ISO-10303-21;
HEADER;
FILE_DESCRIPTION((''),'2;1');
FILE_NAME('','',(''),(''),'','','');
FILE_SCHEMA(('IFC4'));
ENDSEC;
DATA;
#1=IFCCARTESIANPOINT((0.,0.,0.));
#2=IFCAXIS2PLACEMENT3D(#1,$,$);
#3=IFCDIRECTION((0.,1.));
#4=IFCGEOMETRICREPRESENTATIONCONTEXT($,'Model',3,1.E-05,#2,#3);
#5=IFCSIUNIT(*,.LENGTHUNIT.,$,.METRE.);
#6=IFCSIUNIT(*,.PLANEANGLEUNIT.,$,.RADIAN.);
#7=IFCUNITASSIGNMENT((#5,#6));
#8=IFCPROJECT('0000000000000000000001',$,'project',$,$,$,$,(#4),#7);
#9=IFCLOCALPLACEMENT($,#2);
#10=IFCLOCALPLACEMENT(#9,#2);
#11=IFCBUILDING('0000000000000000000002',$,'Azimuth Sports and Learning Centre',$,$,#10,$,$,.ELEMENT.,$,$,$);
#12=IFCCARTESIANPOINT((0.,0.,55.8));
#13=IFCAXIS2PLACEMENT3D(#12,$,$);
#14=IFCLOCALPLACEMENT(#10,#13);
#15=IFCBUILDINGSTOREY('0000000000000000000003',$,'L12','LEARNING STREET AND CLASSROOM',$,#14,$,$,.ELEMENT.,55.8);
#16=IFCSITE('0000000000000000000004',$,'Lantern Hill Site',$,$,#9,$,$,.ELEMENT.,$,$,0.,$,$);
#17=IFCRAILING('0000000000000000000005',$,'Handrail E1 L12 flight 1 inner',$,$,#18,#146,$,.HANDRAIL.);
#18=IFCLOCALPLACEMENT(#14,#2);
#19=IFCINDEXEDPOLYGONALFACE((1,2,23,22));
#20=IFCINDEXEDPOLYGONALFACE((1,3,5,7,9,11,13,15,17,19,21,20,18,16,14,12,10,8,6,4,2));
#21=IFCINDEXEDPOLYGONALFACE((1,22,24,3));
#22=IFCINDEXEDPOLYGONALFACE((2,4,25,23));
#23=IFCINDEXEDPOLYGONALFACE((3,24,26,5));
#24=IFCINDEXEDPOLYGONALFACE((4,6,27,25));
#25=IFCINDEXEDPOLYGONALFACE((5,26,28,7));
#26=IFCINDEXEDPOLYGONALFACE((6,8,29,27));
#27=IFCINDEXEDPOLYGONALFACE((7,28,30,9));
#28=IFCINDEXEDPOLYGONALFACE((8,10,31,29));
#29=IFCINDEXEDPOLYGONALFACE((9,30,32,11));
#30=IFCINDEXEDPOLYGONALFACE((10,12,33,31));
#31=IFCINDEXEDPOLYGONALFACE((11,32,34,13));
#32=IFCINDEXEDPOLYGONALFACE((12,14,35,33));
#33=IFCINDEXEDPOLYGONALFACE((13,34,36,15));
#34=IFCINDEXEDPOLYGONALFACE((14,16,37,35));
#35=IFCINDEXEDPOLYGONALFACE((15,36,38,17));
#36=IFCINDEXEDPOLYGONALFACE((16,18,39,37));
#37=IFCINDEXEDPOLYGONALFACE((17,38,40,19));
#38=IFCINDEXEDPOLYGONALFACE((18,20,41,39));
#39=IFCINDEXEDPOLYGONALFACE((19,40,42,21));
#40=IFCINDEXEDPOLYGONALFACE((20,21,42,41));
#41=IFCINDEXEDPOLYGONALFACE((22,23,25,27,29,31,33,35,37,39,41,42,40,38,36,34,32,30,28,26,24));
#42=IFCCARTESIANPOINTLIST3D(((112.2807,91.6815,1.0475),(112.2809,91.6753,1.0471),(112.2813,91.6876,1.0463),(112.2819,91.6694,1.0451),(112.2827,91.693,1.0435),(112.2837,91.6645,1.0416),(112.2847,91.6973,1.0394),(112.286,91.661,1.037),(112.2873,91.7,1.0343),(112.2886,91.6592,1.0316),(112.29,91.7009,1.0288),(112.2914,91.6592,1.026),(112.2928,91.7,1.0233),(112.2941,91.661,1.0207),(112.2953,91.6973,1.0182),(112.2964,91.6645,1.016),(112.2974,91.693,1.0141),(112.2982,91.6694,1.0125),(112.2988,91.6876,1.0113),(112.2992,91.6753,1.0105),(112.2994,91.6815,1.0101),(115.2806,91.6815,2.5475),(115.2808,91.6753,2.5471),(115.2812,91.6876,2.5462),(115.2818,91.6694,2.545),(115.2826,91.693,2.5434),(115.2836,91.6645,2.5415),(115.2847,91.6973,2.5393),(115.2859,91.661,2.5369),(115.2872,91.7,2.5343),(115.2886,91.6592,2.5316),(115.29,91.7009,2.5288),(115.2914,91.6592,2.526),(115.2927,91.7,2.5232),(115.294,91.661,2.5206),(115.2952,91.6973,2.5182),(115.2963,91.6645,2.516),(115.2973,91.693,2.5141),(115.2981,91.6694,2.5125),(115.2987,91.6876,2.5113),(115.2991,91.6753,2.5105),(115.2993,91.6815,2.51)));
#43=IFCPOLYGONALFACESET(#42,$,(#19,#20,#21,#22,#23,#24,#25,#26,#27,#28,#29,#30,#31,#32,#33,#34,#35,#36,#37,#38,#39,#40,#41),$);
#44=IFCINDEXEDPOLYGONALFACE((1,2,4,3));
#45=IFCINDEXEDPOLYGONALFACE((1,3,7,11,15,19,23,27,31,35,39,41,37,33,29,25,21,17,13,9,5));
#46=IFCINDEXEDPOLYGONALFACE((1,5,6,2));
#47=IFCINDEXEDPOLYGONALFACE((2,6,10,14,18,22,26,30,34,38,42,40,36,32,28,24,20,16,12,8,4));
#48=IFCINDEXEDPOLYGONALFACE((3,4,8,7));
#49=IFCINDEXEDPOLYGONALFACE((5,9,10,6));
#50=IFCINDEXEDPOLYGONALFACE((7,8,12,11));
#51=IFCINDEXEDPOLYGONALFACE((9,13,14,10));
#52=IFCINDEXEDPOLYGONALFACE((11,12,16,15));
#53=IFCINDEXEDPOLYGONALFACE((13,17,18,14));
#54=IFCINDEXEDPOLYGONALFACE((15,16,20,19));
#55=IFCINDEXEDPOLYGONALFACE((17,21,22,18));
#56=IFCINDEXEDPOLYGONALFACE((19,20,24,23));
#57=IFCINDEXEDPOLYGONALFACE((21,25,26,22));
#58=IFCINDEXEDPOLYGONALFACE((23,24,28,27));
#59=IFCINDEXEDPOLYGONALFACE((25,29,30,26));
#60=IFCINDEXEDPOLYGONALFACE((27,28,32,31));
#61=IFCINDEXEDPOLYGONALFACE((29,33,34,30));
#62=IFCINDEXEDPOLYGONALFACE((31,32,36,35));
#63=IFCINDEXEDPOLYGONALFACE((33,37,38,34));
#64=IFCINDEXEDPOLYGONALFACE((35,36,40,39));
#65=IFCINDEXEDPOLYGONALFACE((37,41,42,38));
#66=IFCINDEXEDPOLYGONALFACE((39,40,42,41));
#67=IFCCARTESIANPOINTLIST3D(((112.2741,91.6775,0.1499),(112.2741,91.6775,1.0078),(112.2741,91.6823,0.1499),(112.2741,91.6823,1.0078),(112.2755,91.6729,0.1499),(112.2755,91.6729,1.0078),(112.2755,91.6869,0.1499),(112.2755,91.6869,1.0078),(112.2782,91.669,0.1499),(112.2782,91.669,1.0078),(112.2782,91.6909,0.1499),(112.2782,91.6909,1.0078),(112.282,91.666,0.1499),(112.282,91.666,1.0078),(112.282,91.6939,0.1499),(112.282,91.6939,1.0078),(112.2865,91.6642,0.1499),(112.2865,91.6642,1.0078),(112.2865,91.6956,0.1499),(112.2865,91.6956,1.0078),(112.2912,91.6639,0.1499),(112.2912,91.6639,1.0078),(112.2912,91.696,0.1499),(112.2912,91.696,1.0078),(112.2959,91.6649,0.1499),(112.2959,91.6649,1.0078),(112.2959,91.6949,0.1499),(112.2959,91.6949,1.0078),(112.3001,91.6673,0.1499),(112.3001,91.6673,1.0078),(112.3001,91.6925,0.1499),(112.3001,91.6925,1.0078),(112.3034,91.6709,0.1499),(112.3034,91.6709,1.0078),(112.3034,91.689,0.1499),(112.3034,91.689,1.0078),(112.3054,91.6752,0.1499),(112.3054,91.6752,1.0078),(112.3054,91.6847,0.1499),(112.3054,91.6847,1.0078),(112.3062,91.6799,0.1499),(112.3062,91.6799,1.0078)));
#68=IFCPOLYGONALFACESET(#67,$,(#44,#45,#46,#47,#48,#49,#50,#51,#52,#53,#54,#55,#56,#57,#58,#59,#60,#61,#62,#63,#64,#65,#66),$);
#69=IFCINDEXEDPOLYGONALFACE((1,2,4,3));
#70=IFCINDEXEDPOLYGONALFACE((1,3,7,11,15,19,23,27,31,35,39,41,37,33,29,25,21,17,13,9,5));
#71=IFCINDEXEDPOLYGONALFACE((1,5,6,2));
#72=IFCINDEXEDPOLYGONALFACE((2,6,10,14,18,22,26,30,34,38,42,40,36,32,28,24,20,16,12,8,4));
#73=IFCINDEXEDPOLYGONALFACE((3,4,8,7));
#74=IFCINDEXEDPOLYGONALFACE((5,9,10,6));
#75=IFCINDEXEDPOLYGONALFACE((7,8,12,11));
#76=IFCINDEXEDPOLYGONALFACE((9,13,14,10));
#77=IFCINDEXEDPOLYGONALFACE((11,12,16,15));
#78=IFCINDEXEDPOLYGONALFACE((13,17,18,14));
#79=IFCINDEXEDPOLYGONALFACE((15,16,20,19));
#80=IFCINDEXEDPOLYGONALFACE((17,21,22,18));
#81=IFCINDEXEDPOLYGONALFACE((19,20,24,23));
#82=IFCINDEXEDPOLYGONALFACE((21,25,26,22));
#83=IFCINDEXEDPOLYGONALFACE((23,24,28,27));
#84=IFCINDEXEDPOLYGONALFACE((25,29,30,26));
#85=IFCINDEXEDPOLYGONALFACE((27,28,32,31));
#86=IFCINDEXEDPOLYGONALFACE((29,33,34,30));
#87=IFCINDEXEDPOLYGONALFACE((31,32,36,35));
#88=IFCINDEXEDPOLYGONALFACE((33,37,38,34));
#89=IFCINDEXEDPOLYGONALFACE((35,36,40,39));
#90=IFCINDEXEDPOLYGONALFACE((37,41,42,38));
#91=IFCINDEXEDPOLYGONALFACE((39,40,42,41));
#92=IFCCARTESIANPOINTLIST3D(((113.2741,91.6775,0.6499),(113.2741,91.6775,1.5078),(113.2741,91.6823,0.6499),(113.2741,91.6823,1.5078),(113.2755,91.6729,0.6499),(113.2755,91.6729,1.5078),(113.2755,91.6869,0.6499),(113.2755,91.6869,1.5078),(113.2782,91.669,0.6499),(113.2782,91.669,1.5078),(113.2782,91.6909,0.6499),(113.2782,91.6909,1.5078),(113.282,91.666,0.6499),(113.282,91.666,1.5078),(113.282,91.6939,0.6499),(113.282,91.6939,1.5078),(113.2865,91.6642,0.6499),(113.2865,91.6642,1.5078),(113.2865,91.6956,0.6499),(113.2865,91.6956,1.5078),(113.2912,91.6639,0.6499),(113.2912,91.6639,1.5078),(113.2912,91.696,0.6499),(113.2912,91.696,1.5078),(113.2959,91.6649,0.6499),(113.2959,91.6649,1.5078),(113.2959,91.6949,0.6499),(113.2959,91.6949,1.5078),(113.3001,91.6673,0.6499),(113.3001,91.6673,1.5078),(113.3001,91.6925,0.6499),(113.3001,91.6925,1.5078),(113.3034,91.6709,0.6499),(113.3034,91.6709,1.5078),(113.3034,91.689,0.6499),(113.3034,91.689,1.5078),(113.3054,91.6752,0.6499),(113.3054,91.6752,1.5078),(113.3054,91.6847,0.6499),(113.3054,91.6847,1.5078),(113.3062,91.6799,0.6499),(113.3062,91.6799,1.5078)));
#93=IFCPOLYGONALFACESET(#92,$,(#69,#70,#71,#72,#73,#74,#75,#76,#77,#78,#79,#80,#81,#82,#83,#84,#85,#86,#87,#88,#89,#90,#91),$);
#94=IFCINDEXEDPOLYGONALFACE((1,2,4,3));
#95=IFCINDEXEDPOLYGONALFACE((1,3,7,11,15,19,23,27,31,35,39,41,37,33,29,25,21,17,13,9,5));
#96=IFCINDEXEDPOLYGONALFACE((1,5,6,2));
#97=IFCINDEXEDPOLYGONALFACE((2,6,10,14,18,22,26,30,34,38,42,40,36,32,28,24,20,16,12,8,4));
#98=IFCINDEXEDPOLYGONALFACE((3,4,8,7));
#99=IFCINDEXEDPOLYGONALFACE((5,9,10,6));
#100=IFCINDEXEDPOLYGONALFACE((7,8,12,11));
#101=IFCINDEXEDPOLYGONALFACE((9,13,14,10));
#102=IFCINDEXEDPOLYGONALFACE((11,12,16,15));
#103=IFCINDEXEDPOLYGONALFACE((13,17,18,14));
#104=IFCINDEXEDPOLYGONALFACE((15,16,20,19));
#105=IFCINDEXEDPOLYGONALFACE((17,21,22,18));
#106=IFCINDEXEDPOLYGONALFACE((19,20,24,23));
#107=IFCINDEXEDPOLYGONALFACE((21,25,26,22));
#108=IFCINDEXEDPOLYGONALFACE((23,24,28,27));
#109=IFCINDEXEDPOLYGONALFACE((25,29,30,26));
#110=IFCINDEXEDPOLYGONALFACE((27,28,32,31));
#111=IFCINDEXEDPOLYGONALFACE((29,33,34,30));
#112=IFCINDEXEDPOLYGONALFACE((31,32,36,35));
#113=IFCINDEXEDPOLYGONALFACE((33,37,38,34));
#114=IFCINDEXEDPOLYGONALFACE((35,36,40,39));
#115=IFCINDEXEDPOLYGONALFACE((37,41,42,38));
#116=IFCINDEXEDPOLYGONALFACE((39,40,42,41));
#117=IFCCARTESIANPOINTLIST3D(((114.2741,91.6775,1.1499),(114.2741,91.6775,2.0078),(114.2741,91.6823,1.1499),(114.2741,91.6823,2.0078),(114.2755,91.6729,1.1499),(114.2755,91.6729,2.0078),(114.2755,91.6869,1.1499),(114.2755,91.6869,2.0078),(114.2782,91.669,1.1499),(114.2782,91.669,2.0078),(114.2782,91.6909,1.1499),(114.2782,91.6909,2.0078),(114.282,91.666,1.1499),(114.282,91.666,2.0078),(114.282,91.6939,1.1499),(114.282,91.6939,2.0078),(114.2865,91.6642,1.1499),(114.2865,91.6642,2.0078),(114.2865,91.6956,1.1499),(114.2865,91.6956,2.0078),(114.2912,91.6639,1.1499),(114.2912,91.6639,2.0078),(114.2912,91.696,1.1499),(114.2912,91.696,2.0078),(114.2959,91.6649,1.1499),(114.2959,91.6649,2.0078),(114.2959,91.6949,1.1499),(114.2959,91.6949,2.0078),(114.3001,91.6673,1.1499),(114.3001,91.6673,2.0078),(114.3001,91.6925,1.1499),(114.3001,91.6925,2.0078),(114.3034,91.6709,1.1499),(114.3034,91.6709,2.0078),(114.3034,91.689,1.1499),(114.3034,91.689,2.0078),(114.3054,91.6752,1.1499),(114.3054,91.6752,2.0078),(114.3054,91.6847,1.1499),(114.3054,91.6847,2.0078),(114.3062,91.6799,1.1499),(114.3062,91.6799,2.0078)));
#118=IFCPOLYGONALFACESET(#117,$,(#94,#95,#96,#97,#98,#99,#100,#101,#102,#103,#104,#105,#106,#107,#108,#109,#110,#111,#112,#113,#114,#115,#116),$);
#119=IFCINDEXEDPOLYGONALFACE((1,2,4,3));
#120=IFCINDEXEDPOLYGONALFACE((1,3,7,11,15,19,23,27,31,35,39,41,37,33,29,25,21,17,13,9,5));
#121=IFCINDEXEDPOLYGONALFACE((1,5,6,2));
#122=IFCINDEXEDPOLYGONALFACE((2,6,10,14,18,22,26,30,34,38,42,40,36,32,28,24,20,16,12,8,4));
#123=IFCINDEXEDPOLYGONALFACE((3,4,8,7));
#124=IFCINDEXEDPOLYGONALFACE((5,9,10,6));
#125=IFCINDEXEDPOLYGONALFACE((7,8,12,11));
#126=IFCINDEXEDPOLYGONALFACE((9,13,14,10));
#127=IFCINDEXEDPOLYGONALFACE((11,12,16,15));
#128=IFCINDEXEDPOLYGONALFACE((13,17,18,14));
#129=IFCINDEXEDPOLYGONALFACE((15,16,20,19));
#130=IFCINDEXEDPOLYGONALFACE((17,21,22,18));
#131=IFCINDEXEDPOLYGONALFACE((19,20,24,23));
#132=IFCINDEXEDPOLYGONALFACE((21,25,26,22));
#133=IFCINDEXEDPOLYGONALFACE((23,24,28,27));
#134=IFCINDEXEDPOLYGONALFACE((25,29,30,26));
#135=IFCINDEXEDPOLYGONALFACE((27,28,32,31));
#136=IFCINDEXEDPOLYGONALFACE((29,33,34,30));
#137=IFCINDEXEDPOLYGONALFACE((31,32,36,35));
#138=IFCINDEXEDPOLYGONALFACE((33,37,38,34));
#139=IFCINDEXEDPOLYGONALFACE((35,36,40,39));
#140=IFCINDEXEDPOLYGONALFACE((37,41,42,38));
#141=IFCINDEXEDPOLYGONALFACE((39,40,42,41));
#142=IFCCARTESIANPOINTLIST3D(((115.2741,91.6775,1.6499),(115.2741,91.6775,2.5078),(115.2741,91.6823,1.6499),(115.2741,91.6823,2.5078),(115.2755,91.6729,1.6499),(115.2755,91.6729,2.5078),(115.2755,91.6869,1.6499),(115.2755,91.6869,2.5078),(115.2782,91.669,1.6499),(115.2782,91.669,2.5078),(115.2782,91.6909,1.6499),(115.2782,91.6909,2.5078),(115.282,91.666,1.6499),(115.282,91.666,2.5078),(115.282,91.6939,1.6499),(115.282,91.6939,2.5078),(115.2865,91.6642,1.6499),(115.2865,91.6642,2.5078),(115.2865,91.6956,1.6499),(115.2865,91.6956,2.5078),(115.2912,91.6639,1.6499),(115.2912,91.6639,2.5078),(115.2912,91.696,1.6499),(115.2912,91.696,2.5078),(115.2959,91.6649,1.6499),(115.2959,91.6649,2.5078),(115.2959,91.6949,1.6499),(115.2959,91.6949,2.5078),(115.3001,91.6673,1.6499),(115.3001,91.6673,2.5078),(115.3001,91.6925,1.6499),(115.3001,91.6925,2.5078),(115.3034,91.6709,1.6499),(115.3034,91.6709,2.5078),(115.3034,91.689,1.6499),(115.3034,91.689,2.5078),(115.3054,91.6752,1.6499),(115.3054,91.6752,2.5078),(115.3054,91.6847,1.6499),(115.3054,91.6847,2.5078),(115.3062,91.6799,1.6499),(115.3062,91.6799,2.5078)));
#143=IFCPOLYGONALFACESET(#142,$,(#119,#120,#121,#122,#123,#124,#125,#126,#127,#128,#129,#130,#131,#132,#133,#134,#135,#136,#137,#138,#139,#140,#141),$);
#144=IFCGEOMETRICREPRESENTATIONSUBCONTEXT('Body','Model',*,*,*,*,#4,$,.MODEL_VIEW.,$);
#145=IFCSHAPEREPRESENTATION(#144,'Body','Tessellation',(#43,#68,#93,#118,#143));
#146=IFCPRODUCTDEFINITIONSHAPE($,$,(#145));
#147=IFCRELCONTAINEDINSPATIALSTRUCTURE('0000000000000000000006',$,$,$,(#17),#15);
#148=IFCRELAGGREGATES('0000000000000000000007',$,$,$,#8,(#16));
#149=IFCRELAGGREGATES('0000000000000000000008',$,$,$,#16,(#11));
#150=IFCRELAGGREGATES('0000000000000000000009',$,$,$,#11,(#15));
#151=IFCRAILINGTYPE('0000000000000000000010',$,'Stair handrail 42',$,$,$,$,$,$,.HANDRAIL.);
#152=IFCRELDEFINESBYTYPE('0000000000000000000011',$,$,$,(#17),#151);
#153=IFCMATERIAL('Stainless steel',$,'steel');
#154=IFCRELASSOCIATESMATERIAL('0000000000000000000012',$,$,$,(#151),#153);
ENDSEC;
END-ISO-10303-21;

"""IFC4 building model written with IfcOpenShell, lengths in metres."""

from ifc_helpers import new_model, si_unit, direction, frame, origin, origin_2d, place, context, subcontext, project, spatial, circle, extrude, material, type_object, element, save


model = new_model("IFC4")

# Units and contexts
model_context = context("Model", 3, precision=1e-05, world=origin(), true_north=direction((0.0, 1.0)))
body_context = subcontext(model_context, "Body", "Model", "MODEL_VIEW")
ifc_project = project(units=[si_unit("LENGTHUNIT", "METRE"), si_unit("PLANEANGLEUNIT", "RADIAN")], contexts=[model_context])

# Site, building, storey
site_placement = place(None, origin())
site = spatial("IfcSite", under=ifc_project, at=site_placement, Name="Lantern Hill Site", CompositionType="ELEMENT", RefElevation=0.0)
building_placement = place(site_placement, origin())
building = spatial("IfcBuilding", under=site, at=building_placement, Name="Azimuth Sports and Learning Centre", CompositionType="ELEMENT")
storey_placement = place(building_placement, frame((0.0, 0.0, 55.8)))
storey = spatial("IfcBuildingStorey", under=building, at=storey_placement, Name="L12", Description="LEARNING STREET AND CLASSROOM", CompositionType="ELEMENT", Elevation=55.8)

# Railing
ifc_material_1 = material(Name="Stainless steel", Category="steel")
railing_type_1 = type_object("IfcRailingType", Name="Stair handrail 42", PredefinedType="HANDRAIL", material=ifc_material_1)
for number, where, name in (
    (1, (112.29, 91.6799, 0.1499), "Handrail E1 L12 flight 1 inner"),
):
    element("IfcRailing", number, at=place(storey_placement, frame(where)), inside=storey, type_object=railing_type_1, Name=name, PredefinedType="HANDRAIL", context=body_context, shape_type="SweptSolid", body=[
        extrude(circle(Radius=0.021, at=origin_2d()), frame((0.0, 0.0, 0.8789), z_axis=(0.894427, 0.0, 0.447214), x_axis=(0.0, 1.0, 0.0)), (0.0, 0.0, 1.0), 3.354),
        extrude(circle(Radius=0.0161, at=origin_2d()), origin(), (0.0, 0.0, 1.0), 0.8579),
        extrude(circle(Radius=0.0161, at=origin_2d()), frame((1.0, 0.0, 0.5)), (0.0, 0.0, 1.0), 0.8579),
        extrude(circle(Radius=0.0161, at=origin_2d()), frame((2.0, 0.0, 1.0)), (0.0, 0.0, 1.0), 0.8579),
        extrude(circle(Radius=0.0161, at=origin_2d()), frame((3.0, 0.0, 1.5)), (0.0, 0.0, 1.0), 0.8579),
    ])

save(model, "model.ifc")
